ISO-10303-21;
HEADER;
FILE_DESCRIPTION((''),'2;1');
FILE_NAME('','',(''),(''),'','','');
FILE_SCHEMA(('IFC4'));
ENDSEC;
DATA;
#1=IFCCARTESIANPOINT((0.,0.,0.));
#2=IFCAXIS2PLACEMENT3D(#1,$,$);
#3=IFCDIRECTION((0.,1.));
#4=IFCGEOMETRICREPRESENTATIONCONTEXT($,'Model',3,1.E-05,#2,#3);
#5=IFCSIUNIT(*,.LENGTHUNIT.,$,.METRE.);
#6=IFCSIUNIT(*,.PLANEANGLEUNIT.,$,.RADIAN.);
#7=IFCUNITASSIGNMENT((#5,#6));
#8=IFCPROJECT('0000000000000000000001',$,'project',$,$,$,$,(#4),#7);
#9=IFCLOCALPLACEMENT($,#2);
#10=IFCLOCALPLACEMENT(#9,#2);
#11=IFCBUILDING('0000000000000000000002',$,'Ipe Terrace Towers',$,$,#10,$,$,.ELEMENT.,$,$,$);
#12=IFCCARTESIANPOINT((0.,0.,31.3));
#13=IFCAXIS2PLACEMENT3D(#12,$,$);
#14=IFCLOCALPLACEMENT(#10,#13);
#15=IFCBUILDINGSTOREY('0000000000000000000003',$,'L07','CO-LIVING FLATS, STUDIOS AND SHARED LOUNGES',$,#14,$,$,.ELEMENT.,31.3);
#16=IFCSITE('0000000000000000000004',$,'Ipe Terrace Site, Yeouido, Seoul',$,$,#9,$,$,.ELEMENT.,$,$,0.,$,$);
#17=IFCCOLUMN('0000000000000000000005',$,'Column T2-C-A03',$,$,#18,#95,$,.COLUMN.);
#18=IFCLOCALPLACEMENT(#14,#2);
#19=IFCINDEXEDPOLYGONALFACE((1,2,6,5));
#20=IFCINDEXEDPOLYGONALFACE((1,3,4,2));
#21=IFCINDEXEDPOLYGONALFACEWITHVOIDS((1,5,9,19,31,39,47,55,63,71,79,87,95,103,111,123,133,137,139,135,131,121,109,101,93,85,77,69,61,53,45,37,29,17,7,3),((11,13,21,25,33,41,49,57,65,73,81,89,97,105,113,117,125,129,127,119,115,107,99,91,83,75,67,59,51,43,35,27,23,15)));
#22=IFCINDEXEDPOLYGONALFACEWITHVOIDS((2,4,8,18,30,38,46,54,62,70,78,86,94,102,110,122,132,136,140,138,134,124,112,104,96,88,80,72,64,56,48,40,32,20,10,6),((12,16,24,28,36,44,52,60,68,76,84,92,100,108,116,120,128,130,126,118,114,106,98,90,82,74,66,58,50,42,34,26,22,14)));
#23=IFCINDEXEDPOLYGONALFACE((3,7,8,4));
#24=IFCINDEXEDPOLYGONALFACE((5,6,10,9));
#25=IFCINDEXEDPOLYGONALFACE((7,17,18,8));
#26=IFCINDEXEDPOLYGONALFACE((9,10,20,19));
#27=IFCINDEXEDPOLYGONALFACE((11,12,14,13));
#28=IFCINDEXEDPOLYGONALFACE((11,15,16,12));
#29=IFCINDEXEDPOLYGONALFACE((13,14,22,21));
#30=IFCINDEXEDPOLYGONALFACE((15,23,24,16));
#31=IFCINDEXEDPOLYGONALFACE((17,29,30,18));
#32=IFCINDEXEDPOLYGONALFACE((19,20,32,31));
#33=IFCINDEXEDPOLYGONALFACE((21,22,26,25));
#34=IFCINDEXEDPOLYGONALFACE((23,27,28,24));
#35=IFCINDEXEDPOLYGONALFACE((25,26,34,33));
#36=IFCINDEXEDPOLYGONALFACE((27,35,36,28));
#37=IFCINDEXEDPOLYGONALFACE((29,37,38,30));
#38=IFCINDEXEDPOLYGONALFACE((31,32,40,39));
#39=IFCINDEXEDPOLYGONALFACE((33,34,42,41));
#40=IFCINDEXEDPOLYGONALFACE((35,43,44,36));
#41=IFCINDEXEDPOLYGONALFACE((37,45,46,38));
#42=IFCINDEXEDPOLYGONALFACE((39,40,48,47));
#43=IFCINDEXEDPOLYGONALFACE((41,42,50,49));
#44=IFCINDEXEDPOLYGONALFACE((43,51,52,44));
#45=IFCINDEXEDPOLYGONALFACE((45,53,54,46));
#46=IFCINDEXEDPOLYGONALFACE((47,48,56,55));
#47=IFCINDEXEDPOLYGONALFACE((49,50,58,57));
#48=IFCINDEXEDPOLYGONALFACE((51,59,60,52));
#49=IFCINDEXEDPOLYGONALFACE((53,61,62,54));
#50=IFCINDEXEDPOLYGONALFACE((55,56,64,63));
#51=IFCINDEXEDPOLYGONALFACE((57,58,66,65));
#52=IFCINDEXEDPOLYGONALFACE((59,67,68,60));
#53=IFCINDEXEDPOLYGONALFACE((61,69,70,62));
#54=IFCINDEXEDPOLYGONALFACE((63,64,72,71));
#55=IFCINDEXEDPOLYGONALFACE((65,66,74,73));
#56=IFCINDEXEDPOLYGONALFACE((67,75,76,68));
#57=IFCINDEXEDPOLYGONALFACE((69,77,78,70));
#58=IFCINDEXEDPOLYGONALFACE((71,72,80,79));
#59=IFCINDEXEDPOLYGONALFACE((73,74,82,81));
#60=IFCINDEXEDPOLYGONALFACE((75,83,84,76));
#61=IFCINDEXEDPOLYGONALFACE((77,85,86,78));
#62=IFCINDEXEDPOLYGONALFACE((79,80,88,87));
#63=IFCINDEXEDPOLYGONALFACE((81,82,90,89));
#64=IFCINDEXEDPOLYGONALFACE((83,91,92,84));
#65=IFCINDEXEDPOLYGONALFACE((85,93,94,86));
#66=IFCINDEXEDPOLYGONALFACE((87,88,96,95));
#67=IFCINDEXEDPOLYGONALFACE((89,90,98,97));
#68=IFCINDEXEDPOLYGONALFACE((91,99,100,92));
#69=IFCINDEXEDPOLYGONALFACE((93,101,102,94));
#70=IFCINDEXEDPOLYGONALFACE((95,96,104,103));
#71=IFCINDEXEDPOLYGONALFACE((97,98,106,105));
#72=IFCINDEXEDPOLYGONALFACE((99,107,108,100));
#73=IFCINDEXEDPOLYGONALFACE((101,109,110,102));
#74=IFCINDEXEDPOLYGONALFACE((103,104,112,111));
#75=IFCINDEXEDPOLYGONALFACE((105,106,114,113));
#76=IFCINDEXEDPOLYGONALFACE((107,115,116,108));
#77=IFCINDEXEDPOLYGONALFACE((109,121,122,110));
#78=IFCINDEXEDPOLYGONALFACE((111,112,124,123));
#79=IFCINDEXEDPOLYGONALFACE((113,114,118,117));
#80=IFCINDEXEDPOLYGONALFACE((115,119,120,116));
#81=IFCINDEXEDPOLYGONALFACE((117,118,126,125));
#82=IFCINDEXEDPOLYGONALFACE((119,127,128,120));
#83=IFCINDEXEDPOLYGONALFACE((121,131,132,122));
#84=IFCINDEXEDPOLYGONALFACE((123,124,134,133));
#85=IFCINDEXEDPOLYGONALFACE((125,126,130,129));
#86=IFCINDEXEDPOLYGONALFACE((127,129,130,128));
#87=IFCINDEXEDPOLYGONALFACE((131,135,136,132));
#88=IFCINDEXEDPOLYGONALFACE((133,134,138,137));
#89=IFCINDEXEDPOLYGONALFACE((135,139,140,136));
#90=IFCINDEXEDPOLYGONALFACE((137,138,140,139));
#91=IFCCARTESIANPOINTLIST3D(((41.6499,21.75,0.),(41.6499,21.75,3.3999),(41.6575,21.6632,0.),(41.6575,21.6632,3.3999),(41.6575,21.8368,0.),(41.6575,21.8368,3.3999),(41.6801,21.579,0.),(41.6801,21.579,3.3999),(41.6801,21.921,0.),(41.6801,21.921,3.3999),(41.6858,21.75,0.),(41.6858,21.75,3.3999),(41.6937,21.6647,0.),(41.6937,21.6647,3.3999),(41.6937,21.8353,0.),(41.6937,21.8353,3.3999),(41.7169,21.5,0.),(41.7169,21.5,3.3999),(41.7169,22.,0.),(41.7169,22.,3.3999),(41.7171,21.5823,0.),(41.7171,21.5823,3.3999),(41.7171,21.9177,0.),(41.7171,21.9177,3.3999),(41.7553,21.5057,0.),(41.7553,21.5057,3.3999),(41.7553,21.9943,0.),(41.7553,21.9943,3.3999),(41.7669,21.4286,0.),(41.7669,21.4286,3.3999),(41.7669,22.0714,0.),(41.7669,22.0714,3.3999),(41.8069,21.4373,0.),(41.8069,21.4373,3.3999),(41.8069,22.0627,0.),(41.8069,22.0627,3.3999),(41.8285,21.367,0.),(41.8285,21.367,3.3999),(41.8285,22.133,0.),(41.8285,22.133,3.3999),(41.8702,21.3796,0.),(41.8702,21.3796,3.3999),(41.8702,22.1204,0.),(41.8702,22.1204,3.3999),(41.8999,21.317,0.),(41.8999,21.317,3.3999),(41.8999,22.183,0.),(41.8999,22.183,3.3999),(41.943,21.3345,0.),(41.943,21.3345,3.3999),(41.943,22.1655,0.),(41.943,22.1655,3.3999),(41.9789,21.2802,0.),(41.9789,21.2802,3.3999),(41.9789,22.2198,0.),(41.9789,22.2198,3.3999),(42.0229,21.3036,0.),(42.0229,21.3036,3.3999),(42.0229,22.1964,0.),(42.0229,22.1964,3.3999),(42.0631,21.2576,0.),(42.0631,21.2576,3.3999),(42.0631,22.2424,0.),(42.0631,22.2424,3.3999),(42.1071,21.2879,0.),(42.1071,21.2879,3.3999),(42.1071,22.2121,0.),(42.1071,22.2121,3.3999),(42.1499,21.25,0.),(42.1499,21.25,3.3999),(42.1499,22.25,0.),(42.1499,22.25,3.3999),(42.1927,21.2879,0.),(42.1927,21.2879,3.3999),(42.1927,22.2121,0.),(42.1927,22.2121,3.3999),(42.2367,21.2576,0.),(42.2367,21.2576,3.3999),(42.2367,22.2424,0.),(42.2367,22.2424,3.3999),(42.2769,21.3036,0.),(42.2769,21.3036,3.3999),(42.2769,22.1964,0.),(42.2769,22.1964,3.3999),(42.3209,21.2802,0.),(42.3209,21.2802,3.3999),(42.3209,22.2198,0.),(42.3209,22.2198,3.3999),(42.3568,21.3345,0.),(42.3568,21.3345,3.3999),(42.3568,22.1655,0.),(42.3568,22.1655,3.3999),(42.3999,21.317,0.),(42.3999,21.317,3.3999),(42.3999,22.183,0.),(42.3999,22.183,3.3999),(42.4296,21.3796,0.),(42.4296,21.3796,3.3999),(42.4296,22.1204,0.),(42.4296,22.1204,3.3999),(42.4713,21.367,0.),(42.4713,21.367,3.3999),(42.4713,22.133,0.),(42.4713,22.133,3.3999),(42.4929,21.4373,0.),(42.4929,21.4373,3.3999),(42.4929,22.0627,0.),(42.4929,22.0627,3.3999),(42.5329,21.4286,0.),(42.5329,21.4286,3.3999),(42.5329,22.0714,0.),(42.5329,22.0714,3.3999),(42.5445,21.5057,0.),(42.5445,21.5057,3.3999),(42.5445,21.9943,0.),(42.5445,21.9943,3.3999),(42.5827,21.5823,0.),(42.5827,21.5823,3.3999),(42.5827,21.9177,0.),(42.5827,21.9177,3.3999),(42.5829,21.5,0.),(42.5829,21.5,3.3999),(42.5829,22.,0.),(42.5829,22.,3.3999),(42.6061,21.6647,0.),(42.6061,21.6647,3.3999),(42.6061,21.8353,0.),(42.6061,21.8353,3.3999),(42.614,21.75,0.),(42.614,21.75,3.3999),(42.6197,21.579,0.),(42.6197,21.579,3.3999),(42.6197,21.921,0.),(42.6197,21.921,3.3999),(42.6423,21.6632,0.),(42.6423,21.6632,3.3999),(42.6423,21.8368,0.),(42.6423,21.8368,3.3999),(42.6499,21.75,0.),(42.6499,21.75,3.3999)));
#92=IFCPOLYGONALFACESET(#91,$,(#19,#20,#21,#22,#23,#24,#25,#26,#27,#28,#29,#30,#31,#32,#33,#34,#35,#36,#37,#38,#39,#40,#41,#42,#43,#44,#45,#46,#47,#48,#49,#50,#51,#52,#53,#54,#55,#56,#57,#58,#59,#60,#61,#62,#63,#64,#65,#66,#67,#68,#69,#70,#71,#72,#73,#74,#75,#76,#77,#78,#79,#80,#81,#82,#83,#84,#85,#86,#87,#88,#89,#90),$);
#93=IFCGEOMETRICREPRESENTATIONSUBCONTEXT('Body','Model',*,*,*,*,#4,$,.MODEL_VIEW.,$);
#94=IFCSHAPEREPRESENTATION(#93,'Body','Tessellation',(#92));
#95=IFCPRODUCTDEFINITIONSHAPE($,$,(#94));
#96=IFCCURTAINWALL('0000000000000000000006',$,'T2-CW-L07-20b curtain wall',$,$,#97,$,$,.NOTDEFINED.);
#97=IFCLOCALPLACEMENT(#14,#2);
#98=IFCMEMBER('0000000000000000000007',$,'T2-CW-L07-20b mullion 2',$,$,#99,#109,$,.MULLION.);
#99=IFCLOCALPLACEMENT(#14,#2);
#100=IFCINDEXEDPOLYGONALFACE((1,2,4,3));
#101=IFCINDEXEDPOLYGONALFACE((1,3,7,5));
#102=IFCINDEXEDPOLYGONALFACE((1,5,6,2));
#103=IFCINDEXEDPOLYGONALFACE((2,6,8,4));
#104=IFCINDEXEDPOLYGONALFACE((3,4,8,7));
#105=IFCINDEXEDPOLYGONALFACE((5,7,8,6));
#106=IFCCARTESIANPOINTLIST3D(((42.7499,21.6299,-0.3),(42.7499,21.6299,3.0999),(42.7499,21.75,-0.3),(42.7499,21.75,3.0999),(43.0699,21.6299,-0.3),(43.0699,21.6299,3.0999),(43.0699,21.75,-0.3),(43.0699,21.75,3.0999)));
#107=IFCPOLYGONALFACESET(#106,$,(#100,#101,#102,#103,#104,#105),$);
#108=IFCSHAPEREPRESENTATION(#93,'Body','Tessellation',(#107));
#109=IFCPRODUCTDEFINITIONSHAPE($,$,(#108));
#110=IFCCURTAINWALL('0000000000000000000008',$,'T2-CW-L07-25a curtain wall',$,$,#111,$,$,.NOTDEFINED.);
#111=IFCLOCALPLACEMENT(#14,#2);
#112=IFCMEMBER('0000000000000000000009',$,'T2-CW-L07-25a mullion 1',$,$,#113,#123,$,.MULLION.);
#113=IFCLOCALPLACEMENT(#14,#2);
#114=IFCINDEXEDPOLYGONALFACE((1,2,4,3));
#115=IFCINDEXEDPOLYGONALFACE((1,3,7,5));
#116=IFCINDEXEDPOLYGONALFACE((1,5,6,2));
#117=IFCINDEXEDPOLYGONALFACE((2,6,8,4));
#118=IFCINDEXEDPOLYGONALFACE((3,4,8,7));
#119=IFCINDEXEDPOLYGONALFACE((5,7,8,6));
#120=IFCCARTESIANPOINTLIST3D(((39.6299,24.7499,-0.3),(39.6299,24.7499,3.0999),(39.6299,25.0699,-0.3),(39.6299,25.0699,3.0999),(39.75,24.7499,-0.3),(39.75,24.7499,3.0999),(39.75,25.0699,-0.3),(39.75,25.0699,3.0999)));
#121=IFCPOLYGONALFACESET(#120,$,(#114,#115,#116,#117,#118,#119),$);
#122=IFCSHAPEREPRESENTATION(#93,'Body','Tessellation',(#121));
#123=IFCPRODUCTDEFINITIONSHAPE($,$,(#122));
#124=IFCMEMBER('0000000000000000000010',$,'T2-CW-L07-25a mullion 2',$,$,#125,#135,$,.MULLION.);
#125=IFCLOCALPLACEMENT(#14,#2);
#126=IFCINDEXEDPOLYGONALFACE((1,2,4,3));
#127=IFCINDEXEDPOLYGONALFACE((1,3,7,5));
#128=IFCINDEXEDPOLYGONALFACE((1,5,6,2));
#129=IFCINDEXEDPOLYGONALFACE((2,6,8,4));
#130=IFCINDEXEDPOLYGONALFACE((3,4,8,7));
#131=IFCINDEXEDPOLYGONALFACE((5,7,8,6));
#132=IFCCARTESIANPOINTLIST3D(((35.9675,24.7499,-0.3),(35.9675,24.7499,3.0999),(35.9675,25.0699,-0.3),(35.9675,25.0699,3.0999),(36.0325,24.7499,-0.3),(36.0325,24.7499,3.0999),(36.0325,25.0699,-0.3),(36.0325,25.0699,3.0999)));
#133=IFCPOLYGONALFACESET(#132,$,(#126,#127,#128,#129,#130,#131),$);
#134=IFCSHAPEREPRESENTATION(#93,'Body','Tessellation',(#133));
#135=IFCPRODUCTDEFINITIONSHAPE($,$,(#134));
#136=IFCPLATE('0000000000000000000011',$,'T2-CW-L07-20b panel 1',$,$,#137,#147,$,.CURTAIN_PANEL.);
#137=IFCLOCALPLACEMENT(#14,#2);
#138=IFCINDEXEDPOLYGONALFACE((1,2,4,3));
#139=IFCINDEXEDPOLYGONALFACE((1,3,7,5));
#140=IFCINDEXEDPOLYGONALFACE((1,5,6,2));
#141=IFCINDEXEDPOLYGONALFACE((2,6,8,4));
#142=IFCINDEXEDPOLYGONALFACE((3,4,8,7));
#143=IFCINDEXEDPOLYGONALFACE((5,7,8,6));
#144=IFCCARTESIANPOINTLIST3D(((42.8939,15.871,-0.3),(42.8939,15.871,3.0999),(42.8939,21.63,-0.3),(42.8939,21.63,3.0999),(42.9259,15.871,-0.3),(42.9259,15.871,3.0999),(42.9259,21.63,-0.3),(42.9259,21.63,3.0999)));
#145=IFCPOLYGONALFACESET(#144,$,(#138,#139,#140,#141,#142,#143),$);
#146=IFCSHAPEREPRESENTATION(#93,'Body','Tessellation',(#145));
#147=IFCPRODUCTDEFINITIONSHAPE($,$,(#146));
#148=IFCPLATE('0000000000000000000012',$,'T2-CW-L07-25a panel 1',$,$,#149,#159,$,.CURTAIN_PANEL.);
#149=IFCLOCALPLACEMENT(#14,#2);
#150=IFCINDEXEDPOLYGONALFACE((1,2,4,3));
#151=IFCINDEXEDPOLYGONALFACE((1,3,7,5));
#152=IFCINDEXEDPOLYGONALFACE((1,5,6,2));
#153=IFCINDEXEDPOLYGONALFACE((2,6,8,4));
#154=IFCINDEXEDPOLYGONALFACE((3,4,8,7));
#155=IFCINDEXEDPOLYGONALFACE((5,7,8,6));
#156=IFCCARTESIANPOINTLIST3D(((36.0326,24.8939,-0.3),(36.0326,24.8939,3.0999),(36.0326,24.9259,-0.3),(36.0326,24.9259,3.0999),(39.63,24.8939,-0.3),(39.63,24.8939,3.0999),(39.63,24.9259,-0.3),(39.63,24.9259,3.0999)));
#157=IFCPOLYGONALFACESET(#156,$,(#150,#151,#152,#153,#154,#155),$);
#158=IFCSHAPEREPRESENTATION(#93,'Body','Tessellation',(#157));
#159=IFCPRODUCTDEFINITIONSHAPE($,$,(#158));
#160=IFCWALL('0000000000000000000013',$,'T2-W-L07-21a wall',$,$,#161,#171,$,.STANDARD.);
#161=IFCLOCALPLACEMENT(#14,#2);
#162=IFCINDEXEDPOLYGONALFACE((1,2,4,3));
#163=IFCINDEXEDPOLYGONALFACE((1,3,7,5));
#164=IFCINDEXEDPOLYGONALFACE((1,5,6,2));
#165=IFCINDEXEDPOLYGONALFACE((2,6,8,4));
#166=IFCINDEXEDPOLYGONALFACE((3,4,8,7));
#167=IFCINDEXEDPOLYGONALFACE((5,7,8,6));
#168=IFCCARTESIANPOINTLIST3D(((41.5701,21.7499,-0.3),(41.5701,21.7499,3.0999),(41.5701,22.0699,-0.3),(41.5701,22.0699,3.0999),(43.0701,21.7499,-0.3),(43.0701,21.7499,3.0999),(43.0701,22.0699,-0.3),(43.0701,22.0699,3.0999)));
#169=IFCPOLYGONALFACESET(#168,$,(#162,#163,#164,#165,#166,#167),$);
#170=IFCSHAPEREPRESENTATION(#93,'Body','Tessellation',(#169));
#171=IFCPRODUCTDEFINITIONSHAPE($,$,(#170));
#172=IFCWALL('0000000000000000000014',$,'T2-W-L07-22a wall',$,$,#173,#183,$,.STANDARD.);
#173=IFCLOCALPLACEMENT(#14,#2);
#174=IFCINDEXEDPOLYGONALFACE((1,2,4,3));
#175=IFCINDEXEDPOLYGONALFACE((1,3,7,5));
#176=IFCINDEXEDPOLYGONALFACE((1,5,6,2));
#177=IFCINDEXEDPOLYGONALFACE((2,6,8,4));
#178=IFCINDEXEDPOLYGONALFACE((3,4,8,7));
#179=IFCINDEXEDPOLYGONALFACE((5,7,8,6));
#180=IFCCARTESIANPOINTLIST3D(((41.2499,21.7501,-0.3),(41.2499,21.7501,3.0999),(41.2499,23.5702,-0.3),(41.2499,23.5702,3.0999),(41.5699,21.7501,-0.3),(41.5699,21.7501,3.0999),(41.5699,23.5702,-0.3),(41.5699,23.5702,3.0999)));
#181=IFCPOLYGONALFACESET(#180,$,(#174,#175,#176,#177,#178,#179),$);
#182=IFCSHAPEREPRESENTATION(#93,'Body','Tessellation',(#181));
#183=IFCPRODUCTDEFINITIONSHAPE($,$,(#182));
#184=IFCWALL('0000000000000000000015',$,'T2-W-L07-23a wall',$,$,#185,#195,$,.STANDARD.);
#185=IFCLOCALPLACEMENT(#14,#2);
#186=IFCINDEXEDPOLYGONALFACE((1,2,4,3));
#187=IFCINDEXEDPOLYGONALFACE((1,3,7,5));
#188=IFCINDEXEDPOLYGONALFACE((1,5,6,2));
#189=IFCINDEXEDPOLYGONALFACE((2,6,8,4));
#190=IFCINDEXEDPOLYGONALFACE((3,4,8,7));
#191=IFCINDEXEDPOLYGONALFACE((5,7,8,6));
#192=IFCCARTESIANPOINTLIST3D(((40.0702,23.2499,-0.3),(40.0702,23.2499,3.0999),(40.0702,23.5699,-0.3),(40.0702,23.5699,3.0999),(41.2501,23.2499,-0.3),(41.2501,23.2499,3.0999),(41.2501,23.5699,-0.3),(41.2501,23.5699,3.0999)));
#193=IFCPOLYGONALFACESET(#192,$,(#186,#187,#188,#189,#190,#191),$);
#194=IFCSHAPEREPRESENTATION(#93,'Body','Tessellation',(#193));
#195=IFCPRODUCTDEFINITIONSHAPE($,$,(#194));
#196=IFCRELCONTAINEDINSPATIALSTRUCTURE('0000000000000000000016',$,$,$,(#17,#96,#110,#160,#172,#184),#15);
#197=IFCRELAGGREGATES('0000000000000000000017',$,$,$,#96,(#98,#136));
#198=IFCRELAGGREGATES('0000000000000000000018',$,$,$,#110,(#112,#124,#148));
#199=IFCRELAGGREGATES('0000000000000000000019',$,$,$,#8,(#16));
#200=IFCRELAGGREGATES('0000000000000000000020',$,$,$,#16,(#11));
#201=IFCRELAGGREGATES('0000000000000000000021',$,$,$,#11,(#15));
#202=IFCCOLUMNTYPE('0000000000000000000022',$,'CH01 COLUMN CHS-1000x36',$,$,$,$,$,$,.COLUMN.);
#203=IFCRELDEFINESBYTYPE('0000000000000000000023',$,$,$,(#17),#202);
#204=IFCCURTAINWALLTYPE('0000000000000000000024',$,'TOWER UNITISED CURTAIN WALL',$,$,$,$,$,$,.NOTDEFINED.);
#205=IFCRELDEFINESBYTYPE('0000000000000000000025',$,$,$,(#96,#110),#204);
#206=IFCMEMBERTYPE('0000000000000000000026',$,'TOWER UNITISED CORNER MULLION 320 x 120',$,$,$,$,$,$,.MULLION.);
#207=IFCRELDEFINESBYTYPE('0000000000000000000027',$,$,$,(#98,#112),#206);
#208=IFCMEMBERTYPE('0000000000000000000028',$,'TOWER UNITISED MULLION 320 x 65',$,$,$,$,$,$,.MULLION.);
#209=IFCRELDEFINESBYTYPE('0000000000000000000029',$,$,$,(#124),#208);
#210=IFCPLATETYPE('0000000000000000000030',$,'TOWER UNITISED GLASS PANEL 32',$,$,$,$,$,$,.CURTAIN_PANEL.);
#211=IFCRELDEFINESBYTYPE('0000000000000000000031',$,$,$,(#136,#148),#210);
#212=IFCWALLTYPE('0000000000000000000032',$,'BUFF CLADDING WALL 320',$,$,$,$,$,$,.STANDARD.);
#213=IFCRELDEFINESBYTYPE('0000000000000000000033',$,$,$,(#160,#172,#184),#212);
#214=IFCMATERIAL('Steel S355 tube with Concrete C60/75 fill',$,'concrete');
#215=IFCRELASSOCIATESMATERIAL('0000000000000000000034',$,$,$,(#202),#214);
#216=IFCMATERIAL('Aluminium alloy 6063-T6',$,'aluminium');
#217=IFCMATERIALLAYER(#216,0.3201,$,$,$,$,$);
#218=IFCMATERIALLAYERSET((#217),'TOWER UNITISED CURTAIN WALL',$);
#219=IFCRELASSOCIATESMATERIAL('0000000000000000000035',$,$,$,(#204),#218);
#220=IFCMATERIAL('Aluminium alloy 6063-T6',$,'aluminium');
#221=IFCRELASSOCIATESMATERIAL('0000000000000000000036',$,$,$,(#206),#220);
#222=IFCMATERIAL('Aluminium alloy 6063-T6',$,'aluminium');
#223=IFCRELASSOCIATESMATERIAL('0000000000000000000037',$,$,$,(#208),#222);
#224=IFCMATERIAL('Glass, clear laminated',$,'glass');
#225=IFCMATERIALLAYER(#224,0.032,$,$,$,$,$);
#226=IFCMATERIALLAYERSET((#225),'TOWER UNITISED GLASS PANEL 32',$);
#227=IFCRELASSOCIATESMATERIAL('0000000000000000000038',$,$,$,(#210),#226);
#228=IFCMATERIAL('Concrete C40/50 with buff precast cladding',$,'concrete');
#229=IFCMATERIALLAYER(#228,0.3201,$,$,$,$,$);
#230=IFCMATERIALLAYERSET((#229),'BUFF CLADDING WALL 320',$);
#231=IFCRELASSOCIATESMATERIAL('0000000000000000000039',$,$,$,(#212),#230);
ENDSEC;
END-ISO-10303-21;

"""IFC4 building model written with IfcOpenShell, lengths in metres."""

from ifc_helpers import new_model, si_unit, direction, frame, frame_2d, origin, origin_2d, place, context, subcontext, project, spatial, rectangle, hollow_circle, extrude, material, layer, layer_set, material_profile, profile_set, type_object, element, aggregate, save


model = new_model("IFC4")

# Units and contexts
model_context = context("Model", 3, precision=1e-05, world=origin(), true_north=direction((0.0, 1.0)))
body_context = subcontext(model_context, "Body", "Model", "MODEL_VIEW")
ifc_project = project(units=[si_unit("LENGTHUNIT", "METRE"), si_unit("PLANEANGLEUNIT", "RADIAN")], contexts=[model_context])

# Site, building, storey
site_placement = place(None, origin())
site = spatial("IfcSite", under=ifc_project, at=site_placement, Name="Ipe Terrace Site, Yeouido, Seoul", CompositionType="ELEMENT", RefElevation=0.0)
building_placement = place(site_placement, origin())
building = spatial("IfcBuilding", under=site, at=building_placement, Name="Ipe Terrace Towers", CompositionType="ELEMENT")
storey_placement = place(building_placement, frame((0.0, 0.0, 31.3)))
storey = spatial("IfcBuildingStorey", under=building, at=storey_placement, Name="L07", Description="CO-LIVING FLATS, STUDIOS AND SHARED LOUNGES", CompositionType="ELEMENT", Elevation=31.3)

# Column
ifc_material_1 = material(Name="Steel S355 tube with Concrete C60/75 fill", Category="concrete")
ifc_material_profile_1 = material_profile(ifc_material_1, hollow_circle(Radius=0.5, WallThickness=0.0359, at=origin_2d()), Name="CHS-1000x36")
ifc_profile_set_1 = profile_set([ifc_material_profile_1], Name="Steel S355 tube with Concrete C60/75 fill")
column_type = type_object("IfcColumnType", Name="CH01 COLUMN CHS-1000x36", PredefinedType="COLUMN", material=ifc_profile_set_1)
column_placement = place(storey_placement, frame((42.1499, 21.75, 0.0), z_axis=(0.0, 0.0, 1.0), x_axis=(1.0, 0.0, 0.0)))
element("IfcColumn", 1, at=column_placement, inside=storey, type_object=column_type, Name="Column T2-C-A03", PredefinedType="COLUMN", context=body_context, shape_type="SweptSolid", body=[
    extrude(hollow_circle(Radius=0.5, WallThickness=0.0359, at=origin_2d()), origin(), (0.0, 0.0, 1.0), 3.3999),
])

# Curtain wall, member
ifc_material_2 = material(Name="Aluminium alloy 6063-T6", Category="aluminium")
ifc_layer_1 = layer(ifc_material_2, 0.3201)
ifc_layer_set_1 = layer_set([ifc_layer_1], Name="TOWER UNITISED CURTAIN WALL")
curtain_wall_type = type_object("IfcCurtainWallType", Name="TOWER UNITISED CURTAIN WALL", PredefinedType="NOTDEFINED", material=ifc_layer_set_1)
curtain_wall_1_placement = place(storey_placement, origin())
curtain_wall_1 = element("IfcCurtainWall", 2, at=curtain_wall_1_placement, inside=storey, type_object=curtain_wall_type, Name="T2-CW-L07-20b curtain wall", PredefinedType="NOTDEFINED")
ifc_material_3 = material(Name="Aluminium alloy 6063-T6", Category="aluminium")
ifc_material_profile_2 = material_profile(ifc_material_3, rectangle(XDim=0.3201, YDim=0.1201, at=origin_2d()), Name="TOWER UNITISED CORNER MULLION 320 x 120")
ifc_profile_set_2 = profile_set([ifc_material_profile_2], Name="Aluminium alloy 6063-T6")
member_type_1 = type_object("IfcMemberType", Name="TOWER UNITISED CORNER MULLION 320 x 120", PredefinedType="MULLION", material=ifc_profile_set_2)
member_1_placement = place(storey_placement, frame((42.9099, 21.6899, -0.3), z_axis=(0.0, 0.0, 1.0), x_axis=(1.0, 0.0, 0.0)))
member_1 = element("IfcMember", 3, at=member_1_placement, type_object=member_type_1, Name="T2-CW-L07-20b mullion 2", PredefinedType="MULLION", context=body_context, shape_type="SweptSolid", body=[
    extrude(rectangle(XDim=0.3201, YDim=0.1201, at=origin_2d()), origin(), (0.0, 0.0, 1.0), 3.3999),
])

# Curtain wall, members
curtain_wall_2_placement = place(storey_placement, origin())
curtain_wall_2 = element("IfcCurtainWall", 4, at=curtain_wall_2_placement, inside=storey, type_object=curtain_wall_type, Name="T2-CW-L07-25a curtain wall", PredefinedType="NOTDEFINED")
member_2_placement = place(storey_placement, frame((39.6899, 24.9099, -0.3), z_axis=(0.0, 0.0, 1.0), x_axis=(0.0, 1.0, 0.0)))
member_2 = element("IfcMember", 5, at=member_2_placement, type_object=member_type_1, Name="T2-CW-L07-25a mullion 1", PredefinedType="MULLION", context=body_context, shape_type="SweptSolid", body=[
    extrude(rectangle(XDim=0.3201, YDim=0.1201, at=origin_2d()), origin(), (0.0, 0.0, 1.0), 3.3999),
])
ifc_material_4 = material(Name="Aluminium alloy 6063-T6", Category="aluminium")
ifc_material_profile_3 = material_profile(ifc_material_4, rectangle(XDim=0.3201, YDim=0.0649, at=origin_2d()), Name="TOWER UNITISED MULLION 320 x 65")
ifc_profile_set_3 = profile_set([ifc_material_profile_3], Name="Aluminium alloy 6063-T6")
member_type_2 = type_object("IfcMemberType", Name="TOWER UNITISED MULLION 320 x 65", PredefinedType="MULLION", material=ifc_profile_set_3)
member_3_placement = place(storey_placement, frame((36.0, 24.9099, -0.3), z_axis=(0.0, 0.0, 1.0), x_axis=(0.0, 1.0, 0.0)))
member_3 = element("IfcMember", 6, at=member_3_placement, type_object=member_type_2, Name="T2-CW-L07-25a mullion 2", PredefinedType="MULLION", context=body_context, shape_type="SweptSolid", body=[
    extrude(rectangle(XDim=0.3201, YDim=0.0649, at=origin_2d()), origin(), (0.0, 0.0, 1.0), 3.3999),
])

# Plates
ifc_material_5 = material(Name="Glass, clear laminated", Category="glass")
ifc_layer_2 = layer(ifc_material_5, 0.032)
ifc_layer_set_2 = layer_set([ifc_layer_2], Name="TOWER UNITISED GLASS PANEL 32")
plate_type = type_object("IfcPlateType", Name="TOWER UNITISED GLASS PANEL 32", PredefinedType="CURTAIN_PANEL", material=ifc_layer_set_2)
plate_1_placement = place(storey_placement, frame((42.9099, 18.7505, -0.3), z_axis=(0.0, 0.0, 1.0), x_axis=(0.0, 1.0, 0.0)))
plate_1 = element("IfcPlate", 7, at=plate_1_placement, type_object=plate_type, Name="T2-CW-L07-20b panel 1", PredefinedType="CURTAIN_PANEL", context=body_context, shape_type="SweptSolid", body=[
    extrude(rectangle(XDim=5.759, YDim=0.032, at=origin_2d()), origin(), (0.0, 0.0, 1.0), 3.3999),
])
aggregate(curtain_wall_1, [member_1, plate_1])
plate_2_placement = place(storey_placement, frame((37.8313, 24.9099, -0.3), z_axis=(0.0, 0.0, 1.0), x_axis=(-1.0, 0.0, 0.0)))
plate_2 = element("IfcPlate", 8, at=plate_2_placement, type_object=plate_type, Name="T2-CW-L07-25a panel 1", PredefinedType="CURTAIN_PANEL", context=body_context, shape_type="SweptSolid", body=[
    extrude(rectangle(XDim=3.5974, YDim=0.032, at=origin_2d()), origin(), (0.0, 0.0, 1.0), 3.3999),
])
aggregate(curtain_wall_2, [member_2, member_3, plate_2])

# Walls
ifc_material_6 = material(Name="Concrete C40/50 with buff precast cladding", Category="concrete")
ifc_layer_3 = layer(ifc_material_6, 0.3201)
ifc_layer_set_3 = layer_set([ifc_layer_3], Name="BUFF CLADDING WALL 320")
wall_type_1 = type_object("IfcWallType", Name="BUFF CLADDING WALL 320", PredefinedType="STANDARD", material=ifc_layer_set_3)
wall_1_placement = place(storey_placement, frame((43.0701, 21.9099, -0.3), z_axis=(0.0, 0.0, 1.0), x_axis=(-1.0, 0.0, 0.0)))
element("IfcWall", 9, at=wall_1_placement, inside=storey, type_object=wall_type_1, Name="T2-W-L07-21a wall", PredefinedType="STANDARD", context=body_context, shape_type="SweptSolid", body=[
    extrude(rectangle(XDim=1.5, YDim=0.3201, at=frame_2d((0.75, 0.0))), origin(), (0.0, 0.0, 1.0), 3.3999),
])
wall_2_placement = place(storey_placement, frame((41.4099, 21.75, -0.3), z_axis=(0.0, 0.0, 1.0), x_axis=(0.0, 1.0, 0.0)))
element("IfcWall", 10, at=wall_2_placement, inside=storey, type_object=wall_type_1, Name="T2-W-L07-22a wall", PredefinedType="STANDARD", context=body_context, shape_type="SweptSolid", body=[
    extrude(rectangle(XDim=1.8201, YDim=0.3201, at=frame_2d((0.9102, 0.0))), origin(), (0.0, 0.0, 1.0), 3.3999),
])
wall_3_placement = place(storey_placement, frame((41.25, 23.4099, -0.3), z_axis=(0.0, 0.0, 1.0), x_axis=(-1.0, 0.0, 0.0)))
element("IfcWall", 11, at=wall_3_placement, inside=storey, type_object=wall_type_1, Name="T2-W-L07-23a wall", PredefinedType="STANDARD", context=body_context, shape_type="SweptSolid", body=[
    extrude(rectangle(XDim=1.1799, YDim=0.3201, at=frame_2d((0.5898, 0.0))), origin(), (0.0, 0.0, 1.0), 3.3999),
])

save(model, "model.ifc")
